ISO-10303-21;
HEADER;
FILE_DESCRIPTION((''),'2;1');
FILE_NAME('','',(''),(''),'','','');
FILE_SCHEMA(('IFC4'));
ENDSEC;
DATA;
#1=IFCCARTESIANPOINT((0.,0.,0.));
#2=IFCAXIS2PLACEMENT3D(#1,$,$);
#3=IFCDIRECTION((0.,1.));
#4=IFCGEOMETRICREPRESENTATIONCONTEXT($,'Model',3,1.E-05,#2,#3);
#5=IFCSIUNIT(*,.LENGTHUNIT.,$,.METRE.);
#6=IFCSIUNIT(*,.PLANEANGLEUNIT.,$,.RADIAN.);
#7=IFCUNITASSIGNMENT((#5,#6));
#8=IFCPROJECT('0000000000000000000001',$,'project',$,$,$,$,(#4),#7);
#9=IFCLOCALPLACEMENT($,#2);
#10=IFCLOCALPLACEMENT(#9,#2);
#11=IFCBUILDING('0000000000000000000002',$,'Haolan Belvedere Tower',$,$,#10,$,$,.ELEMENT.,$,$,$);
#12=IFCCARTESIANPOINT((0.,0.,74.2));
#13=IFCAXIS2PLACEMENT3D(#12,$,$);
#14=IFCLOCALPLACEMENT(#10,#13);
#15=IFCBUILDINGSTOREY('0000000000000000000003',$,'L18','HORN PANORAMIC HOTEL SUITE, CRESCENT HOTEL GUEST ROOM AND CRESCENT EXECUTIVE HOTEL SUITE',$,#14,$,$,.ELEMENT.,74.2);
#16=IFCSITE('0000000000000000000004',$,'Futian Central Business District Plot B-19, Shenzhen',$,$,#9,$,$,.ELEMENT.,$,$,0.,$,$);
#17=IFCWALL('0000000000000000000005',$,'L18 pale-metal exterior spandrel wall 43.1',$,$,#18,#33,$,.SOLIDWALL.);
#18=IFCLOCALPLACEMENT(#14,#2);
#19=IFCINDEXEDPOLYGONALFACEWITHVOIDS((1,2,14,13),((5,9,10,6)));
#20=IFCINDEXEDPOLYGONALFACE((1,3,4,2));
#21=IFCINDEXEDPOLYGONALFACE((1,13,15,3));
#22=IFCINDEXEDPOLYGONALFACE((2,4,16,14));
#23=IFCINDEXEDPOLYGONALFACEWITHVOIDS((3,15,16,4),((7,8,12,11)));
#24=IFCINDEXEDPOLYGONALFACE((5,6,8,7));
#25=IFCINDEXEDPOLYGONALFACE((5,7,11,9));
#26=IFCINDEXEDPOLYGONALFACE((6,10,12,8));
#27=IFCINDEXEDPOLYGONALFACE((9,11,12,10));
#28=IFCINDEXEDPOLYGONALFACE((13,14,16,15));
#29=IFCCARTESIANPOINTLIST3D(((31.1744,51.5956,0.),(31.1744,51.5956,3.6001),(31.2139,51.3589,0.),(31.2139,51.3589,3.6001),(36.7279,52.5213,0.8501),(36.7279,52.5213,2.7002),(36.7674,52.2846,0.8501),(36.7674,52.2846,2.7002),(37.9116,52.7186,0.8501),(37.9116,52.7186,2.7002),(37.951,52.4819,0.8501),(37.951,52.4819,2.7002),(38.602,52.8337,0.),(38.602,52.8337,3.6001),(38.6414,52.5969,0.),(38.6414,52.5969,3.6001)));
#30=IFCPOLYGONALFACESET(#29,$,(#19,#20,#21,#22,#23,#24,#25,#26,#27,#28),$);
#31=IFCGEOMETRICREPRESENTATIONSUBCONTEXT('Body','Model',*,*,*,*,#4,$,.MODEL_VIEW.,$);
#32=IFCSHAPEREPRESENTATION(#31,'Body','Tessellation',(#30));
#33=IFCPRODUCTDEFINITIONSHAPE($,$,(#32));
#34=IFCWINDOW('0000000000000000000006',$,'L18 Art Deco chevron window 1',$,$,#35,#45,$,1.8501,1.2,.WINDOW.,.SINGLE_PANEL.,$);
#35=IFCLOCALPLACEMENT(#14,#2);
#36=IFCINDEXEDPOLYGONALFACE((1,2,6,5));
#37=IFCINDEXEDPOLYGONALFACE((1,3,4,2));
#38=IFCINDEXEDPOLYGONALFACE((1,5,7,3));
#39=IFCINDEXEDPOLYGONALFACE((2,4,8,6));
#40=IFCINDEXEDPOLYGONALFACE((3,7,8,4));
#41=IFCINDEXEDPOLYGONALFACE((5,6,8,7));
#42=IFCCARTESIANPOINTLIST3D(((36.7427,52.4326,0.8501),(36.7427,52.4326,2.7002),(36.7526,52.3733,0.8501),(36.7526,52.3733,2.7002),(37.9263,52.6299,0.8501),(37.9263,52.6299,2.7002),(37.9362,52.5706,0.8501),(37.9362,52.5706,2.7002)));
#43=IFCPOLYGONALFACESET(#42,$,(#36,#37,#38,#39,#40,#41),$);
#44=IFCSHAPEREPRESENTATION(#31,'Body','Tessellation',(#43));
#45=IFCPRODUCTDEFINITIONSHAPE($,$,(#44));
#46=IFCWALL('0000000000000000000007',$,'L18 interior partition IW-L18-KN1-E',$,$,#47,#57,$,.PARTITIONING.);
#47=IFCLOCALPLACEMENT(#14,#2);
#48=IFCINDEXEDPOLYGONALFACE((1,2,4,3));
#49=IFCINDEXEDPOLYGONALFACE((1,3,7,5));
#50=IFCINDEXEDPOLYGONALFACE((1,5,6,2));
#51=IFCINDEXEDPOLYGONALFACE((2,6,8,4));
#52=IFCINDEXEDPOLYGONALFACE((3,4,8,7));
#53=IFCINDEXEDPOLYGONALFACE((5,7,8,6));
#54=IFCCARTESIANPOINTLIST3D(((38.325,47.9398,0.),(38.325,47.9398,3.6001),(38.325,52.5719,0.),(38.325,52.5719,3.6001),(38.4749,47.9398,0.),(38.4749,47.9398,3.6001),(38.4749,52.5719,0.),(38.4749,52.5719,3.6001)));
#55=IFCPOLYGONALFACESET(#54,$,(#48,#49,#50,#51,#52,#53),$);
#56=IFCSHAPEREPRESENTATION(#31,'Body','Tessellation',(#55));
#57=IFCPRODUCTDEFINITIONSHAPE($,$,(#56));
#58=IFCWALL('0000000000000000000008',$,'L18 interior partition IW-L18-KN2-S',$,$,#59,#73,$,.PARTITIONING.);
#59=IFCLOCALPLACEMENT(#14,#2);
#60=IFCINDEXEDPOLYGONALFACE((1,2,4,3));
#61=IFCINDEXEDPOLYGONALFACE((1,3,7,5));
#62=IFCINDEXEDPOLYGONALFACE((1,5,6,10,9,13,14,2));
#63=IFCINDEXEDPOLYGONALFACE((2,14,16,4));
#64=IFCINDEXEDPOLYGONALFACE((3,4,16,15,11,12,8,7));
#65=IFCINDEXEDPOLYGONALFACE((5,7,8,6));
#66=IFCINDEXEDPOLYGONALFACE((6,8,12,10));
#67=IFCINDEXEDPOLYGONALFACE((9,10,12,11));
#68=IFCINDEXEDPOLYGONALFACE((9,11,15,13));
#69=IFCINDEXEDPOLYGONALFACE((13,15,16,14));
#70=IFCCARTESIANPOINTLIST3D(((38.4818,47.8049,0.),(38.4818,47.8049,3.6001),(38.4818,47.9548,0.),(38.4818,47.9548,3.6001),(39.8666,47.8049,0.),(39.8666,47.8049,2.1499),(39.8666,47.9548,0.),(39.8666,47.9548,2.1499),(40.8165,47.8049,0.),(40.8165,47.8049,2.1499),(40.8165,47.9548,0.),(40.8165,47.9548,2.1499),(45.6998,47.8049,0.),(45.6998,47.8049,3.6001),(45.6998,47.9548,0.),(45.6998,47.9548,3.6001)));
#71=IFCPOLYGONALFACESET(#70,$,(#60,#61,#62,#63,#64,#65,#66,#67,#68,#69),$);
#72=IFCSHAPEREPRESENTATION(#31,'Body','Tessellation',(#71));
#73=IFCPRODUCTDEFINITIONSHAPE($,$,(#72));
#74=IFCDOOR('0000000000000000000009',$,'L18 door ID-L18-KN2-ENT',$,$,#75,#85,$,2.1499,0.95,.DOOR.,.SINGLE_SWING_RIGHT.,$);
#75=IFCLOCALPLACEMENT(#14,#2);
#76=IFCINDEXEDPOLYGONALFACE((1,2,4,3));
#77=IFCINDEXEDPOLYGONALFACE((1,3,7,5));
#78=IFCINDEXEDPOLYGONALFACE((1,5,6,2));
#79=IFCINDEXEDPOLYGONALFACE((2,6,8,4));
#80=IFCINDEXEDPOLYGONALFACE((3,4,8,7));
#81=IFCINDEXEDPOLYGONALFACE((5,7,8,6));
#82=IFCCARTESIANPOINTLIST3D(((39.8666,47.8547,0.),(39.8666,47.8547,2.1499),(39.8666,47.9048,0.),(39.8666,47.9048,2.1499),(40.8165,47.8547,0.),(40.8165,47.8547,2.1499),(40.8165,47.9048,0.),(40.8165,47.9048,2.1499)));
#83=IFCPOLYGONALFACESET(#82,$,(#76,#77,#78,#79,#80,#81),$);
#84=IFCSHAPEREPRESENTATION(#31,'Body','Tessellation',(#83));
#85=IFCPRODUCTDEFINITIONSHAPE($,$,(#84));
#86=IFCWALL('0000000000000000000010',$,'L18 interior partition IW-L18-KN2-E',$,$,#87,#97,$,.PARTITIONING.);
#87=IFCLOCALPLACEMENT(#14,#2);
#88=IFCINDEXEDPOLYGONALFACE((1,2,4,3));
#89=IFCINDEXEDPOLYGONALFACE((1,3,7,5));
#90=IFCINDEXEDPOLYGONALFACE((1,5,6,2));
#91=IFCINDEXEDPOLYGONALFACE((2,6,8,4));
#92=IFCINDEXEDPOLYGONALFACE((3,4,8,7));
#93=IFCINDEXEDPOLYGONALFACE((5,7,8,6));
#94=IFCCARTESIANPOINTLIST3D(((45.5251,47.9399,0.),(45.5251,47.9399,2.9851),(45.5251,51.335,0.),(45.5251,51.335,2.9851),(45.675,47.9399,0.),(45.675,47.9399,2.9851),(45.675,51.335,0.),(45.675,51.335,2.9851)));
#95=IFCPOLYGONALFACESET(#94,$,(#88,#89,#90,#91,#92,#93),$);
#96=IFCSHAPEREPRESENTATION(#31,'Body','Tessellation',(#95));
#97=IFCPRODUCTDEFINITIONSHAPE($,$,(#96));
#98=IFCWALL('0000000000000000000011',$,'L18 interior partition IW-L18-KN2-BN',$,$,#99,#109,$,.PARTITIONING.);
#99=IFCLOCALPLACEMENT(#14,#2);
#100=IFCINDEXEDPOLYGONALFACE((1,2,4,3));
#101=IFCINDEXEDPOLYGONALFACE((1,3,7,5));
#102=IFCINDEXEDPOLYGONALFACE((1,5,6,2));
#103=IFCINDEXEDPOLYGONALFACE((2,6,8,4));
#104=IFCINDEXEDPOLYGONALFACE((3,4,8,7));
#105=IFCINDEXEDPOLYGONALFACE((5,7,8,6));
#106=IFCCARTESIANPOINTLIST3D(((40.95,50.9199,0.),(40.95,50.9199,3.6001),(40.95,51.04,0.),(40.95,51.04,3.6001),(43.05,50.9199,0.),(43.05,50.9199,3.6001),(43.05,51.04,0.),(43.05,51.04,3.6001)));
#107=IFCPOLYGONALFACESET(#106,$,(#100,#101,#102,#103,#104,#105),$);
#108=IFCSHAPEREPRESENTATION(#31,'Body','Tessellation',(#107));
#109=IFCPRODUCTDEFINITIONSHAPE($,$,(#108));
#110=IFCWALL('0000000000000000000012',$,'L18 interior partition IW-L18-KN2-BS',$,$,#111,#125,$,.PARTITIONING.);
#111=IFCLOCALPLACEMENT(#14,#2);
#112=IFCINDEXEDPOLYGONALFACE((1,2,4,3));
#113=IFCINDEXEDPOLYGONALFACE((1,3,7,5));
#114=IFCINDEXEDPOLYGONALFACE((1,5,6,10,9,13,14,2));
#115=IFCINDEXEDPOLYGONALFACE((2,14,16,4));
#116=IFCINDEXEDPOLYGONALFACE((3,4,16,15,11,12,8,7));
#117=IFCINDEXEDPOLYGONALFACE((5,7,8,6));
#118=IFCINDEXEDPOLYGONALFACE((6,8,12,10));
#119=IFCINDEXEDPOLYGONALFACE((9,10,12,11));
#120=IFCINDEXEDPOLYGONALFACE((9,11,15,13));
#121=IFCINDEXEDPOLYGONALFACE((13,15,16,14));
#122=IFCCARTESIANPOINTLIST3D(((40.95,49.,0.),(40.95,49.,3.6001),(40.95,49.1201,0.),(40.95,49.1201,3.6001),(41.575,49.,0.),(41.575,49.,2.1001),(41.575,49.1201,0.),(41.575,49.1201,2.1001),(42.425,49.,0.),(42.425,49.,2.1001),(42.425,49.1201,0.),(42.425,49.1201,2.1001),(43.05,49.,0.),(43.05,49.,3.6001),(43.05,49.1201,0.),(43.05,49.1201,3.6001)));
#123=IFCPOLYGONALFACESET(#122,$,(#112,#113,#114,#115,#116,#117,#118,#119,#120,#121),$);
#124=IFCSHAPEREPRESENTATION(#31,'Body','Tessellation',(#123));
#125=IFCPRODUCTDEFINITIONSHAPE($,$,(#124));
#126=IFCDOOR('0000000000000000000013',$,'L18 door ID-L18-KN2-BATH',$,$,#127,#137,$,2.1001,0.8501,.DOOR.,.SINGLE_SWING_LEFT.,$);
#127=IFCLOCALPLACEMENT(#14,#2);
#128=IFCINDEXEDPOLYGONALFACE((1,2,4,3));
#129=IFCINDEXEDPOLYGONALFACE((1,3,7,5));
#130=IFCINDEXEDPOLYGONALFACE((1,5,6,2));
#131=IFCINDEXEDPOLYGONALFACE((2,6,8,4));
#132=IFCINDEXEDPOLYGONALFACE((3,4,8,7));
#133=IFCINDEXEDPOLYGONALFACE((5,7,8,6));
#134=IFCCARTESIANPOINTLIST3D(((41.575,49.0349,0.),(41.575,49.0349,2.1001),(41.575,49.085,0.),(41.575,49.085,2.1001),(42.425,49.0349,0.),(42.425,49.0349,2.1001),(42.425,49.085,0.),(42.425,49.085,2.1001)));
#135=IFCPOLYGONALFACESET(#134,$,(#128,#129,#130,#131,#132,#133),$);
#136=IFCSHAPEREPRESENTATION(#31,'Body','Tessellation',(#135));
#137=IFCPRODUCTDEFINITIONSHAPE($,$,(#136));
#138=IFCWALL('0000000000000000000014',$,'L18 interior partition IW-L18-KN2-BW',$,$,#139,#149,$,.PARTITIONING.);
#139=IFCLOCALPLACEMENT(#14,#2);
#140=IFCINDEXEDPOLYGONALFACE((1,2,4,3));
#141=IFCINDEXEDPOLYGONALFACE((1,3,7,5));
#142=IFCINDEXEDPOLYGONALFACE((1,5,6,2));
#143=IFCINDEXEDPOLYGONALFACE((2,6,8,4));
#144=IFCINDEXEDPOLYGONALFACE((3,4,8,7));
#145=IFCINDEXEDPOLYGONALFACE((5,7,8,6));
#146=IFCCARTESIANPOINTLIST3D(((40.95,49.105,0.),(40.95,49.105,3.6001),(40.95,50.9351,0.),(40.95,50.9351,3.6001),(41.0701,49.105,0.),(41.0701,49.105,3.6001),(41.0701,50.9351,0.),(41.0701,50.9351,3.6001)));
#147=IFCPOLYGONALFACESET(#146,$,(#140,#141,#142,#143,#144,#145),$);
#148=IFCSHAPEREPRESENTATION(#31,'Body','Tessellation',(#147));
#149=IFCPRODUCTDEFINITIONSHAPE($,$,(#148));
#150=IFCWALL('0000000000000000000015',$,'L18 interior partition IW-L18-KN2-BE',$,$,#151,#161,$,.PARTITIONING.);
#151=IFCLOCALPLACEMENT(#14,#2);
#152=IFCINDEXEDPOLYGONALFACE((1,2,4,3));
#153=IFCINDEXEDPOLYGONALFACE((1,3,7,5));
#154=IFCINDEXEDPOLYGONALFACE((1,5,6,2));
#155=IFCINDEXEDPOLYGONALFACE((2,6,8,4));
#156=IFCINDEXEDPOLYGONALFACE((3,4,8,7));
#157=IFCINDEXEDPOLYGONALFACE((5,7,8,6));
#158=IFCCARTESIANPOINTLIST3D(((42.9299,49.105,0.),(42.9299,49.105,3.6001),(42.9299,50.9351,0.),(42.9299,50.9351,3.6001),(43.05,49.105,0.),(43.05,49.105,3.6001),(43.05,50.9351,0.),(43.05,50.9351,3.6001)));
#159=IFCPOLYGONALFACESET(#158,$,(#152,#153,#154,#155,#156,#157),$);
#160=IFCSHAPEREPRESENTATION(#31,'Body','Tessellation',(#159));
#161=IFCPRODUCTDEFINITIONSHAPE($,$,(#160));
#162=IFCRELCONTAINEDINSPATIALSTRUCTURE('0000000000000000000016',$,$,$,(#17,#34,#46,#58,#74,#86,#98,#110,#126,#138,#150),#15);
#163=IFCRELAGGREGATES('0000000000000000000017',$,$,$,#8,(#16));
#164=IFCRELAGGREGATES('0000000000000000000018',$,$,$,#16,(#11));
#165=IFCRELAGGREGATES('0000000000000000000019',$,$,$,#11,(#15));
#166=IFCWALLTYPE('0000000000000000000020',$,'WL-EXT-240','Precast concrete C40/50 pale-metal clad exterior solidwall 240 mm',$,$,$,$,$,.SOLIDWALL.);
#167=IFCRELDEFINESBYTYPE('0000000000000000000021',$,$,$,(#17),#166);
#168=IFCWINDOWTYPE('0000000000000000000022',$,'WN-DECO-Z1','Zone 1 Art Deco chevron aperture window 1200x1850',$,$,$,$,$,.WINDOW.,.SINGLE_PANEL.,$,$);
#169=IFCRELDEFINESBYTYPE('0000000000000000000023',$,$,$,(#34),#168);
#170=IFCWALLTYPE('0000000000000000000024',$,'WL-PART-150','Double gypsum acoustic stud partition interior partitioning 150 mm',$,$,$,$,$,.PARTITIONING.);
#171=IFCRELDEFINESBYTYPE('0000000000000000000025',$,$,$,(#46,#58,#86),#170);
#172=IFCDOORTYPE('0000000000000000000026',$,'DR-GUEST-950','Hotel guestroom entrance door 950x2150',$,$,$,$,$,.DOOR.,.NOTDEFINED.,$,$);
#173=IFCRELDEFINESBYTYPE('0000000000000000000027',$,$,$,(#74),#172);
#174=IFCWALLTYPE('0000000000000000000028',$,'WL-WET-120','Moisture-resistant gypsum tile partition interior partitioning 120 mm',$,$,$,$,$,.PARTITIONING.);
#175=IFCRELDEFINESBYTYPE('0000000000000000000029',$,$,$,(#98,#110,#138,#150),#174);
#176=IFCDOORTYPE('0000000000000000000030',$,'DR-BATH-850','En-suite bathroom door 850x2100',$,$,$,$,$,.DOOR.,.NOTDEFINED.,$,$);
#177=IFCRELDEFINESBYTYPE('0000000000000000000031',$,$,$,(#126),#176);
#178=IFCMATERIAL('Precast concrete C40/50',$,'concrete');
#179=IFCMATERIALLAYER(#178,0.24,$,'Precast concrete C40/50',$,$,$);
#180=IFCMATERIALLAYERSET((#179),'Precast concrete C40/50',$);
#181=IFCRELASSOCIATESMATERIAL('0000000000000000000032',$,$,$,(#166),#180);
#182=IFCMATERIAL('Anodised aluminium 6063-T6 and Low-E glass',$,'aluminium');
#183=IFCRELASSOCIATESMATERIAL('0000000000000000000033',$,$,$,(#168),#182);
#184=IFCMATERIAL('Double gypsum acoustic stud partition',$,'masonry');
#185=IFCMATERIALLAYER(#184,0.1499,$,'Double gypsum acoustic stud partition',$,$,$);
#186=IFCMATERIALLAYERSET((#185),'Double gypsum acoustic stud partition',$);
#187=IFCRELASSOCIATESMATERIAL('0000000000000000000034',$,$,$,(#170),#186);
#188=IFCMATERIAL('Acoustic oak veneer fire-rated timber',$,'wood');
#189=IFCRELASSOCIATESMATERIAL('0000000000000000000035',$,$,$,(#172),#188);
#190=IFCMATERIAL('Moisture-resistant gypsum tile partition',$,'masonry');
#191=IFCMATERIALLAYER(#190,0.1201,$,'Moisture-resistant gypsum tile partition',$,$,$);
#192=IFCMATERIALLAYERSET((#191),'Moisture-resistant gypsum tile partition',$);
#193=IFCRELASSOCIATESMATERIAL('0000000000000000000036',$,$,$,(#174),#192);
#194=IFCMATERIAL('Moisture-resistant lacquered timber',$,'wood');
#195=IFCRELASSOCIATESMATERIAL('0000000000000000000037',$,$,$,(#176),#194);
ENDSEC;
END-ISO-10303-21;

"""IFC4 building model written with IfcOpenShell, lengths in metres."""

from ifc_helpers import new_model, si_unit, direction, frame, frame_2d, origin, place, context, subcontext, project, spatial, rectangle, extrude, material, layer, layer_set, type_object, element, fill, save


model = new_model("IFC4")

# Units and contexts
model_context = context("Model", 3, precision=1e-05, world=origin(), true_north=direction((0.0, 1.0)))
body_context = subcontext(model_context, "Body", "Model", "MODEL_VIEW")
ifc_project = project(units=[si_unit("LENGTHUNIT", "METRE"), si_unit("PLANEANGLEUNIT", "RADIAN")], contexts=[model_context])

# Site, building, storey
site_placement = place(None, origin())
site = spatial("IfcSite", under=ifc_project, at=site_placement, Name="Futian Central Business District Plot B-19, Shenzhen", CompositionType="ELEMENT", RefElevation=0.0)
building_placement = place(site_placement, origin())
building = spatial("IfcBuilding", under=site, at=building_placement, Name="Haolan Belvedere Tower", CompositionType="ELEMENT")
storey_placement = place(building_placement, frame((0.0, 0.0, 74.2)))
storey = spatial("IfcBuildingStorey", under=building, at=storey_placement, Name="L18", Description="HORN PANORAMIC HOTEL SUITE, CRESCENT HOTEL GUEST ROOM AND CRESCENT EXECUTIVE HOTEL SUITE", CompositionType="ELEMENT", Elevation=74.2)

# Wall, opening, window
ifc_material_1 = material(Name="Precast concrete C40/50", Category="concrete")
ifc_layer_1 = layer(ifc_material_1, 0.24, Name="Precast concrete C40/50")
ifc_layer_set_1 = layer_set([ifc_layer_1], Name="Precast concrete C40/50")
wall_type_1 = type_object("IfcWallType", Name="WL-EXT-240", Description="Precast concrete C40/50 pale-metal clad exterior solidwall 240 mm", PredefinedType="SOLIDWALL", material=ifc_layer_set_1)
wall_1_placement = place(storey_placement, frame((38.6218, 52.7153, 0.0), z_axis=(0.0, 0.0, 1.0), x_axis=(-0.986391, -0.164415, 0.0)))
wall_1 = element("IfcWall", 1, at=wall_1_placement, inside=storey, type_object=wall_type_1, Name="L18 pale-metal exterior spandrel wall 43.1", PredefinedType="SOLIDWALL", context=body_context, shape_type="SweptSolid", body=[
    extrude(rectangle(XDim=7.53, YDim=0.24, at=frame_2d((3.7651, 0.0))), origin(), (0.0, 0.0, 1.0), 3.6001),
])
opening_1_placement = place(wall_1_placement, frame((0.7, 0.0, 0.8501)))
opening_1 = element("IfcOpeningElement", 2, at=opening_1_placement, cuts=wall_1, PredefinedType="OPENING", context=body_context, shape_type="SweptSolid", body=[
    extrude(rectangle(XDim=1.2, YDim=1.8501, at=frame_2d((0.6001, 0.925))), frame((0.0, 0.1299, 0.0), z_axis=(0.0, -1.0, 0.0), x_axis=(1.0, 0.0, 0.0)), (0.0, 0.0, 1.0), 0.26),
])
ifc_material_2 = material(Name="Anodised aluminium 6063-T6 and Low-E glass", Category="aluminium")
window_type = type_object("IfcWindowType", Name="WN-DECO-Z1", Description="Zone 1 Art Deco chevron aperture window 1200x1850", PartitioningType="SINGLE_PANEL", PredefinedType="WINDOW", material=ifc_material_2)
window_placement = place(opening_1_placement, origin())
window = element("IfcWindow", 3, at=window_placement, inside=storey, type_object=window_type, Name="L18 Art Deco chevron window 1", OverallHeight=1.8501, OverallWidth=1.2, PartitioningType="SINGLE_PANEL", PredefinedType="WINDOW", context=body_context, shape_type="SweptSolid", body=[
    extrude(rectangle(XDim=1.2, YDim=1.8501, at=frame_2d((0.6001, 0.925))), frame((0.0, 0.03, 0.0), z_axis=(0.0, -1.0, 0.0), x_axis=(1.0, 0.0, 0.0)), (0.0, 0.0, 1.0), 0.0601),
])
fill(opening_1, window)

# Wall
ifc_material_3 = material(Name="Double gypsum acoustic stud partition", Category="masonry")
ifc_layer_2 = layer(ifc_material_3, 0.1499, Name="Double gypsum acoustic stud partition")
ifc_layer_set_2 = layer_set([ifc_layer_2], Name="Double gypsum acoustic stud partition")
wall_type_2 = type_object("IfcWallType", Name="WL-PART-150", Description="Double gypsum acoustic stud partition interior partitioning 150 mm", PredefinedType="PARTITIONING", material=ifc_layer_set_2)
wall_2_placement = place(storey_placement, frame((38.3999, 47.9399, 0.0), z_axis=(0.0, 0.0, 1.0), x_axis=(0.0, 1.0, 0.0)))
element("IfcWall", 4, at=wall_2_placement, inside=storey, type_object=wall_type_2, Name="L18 interior partition IW-L18-KN1-E", PredefinedType="PARTITIONING", context=body_context, shape_type="SweptSolid", body=[
    extrude(rectangle(XDim=4.6321, YDim=0.1499, at=frame_2d((2.3159, 0.0))), origin(), (0.0, 0.0, 1.0), 3.6001),
])

# Wall, opening, door
wall_3_placement = place(storey_placement, frame((38.4819, 47.8799, 0.0), z_axis=(0.0, 0.0, 1.0), x_axis=(1.0, 0.0, 0.0)))
wall_3 = element("IfcWall", 5, at=wall_3_placement, inside=storey, type_object=wall_type_2, Name="L18 interior partition IW-L18-KN2-S", PredefinedType="PARTITIONING", context=body_context, shape_type="SweptSolid", body=[
    extrude(rectangle(XDim=7.218, YDim=0.1499, at=frame_2d((3.6089, 0.0))), origin(), (0.0, 0.0, 1.0), 3.6001),
])
opening_2_placement = place(wall_3_placement, frame((1.3845, 0.0, 0.0)))
opening_2 = element("IfcOpeningElement", 6, at=opening_2_placement, cuts=wall_3, PredefinedType="OPENING", context=body_context, shape_type="SweptSolid", body=[
    extrude(rectangle(XDim=0.95, YDim=2.1499, at=frame_2d((0.4751, 1.075))), frame((0.0, 0.085, 0.0), z_axis=(0.0, -1.0, 0.0), x_axis=(1.0, 0.0, 0.0)), (0.0, 0.0, 1.0), 0.1699),
])
ifc_material_4 = material(Name="Acoustic oak veneer fire-rated timber", Category="wood")
door_type_1 = type_object("IfcDoorType", Name="DR-GUEST-950", Description="Hotel guestroom entrance door 950x2150", OperationType="NOTDEFINED", PredefinedType="DOOR", material=ifc_material_4)
door_1_placement = place(opening_2_placement, origin())
door_1 = element("IfcDoor", 7, at=door_1_placement, inside=storey, type_object=door_type_1, Name="L18 door ID-L18-KN2-ENT", OperationType="SINGLE_SWING_RIGHT", OverallHeight=2.1499, OverallWidth=0.95, PredefinedType="DOOR", context=body_context, shape_type="SweptSolid", body=[
    extrude(rectangle(XDim=0.95, YDim=2.1499, at=frame_2d((0.4751, 1.075))), frame((0.0, 0.0249, 0.0), z_axis=(0.0, -1.0, 0.0), x_axis=(1.0, 0.0, 0.0)), (0.0, 0.0, 1.0), 0.05),
])
fill(opening_2, door_1)

# Walls
wall_4_placement = place(storey_placement, frame((45.6001, 47.9399, 0.0), z_axis=(0.0, 0.0, 1.0), x_axis=(0.0, 1.0, 0.0)))
element("IfcWall", 8, at=wall_4_placement, inside=storey, type_object=wall_type_2, Name="L18 interior partition IW-L18-KN2-E", PredefinedType="PARTITIONING", context=body_context, shape_type="SweptSolid", body=[
    extrude(rectangle(XDim=3.395, YDim=0.1499, at=frame_2d((1.6975, 0.0))), origin(), (0.0, 0.0, 1.0), 2.9851),
])
ifc_material_5 = material(Name="Moisture-resistant gypsum tile partition", Category="masonry")
ifc_layer_3 = layer(ifc_material_5, 0.1201, Name="Moisture-resistant gypsum tile partition")
ifc_layer_set_3 = layer_set([ifc_layer_3], Name="Moisture-resistant gypsum tile partition")
wall_type_3 = type_object("IfcWallType", Name="WL-WET-120", Description="Moisture-resistant gypsum tile partition interior partitioning 120 mm", PredefinedType="PARTITIONING", material=ifc_layer_set_3)
wall_5_placement = place(storey_placement, frame((40.95, 50.98, 0.0), z_axis=(0.0, 0.0, 1.0), x_axis=(1.0, 0.0, 0.0)))
element("IfcWall", 9, at=wall_5_placement, inside=storey, type_object=wall_type_3, Name="L18 interior partition IW-L18-KN2-BN", PredefinedType="PARTITIONING", context=body_context, shape_type="SweptSolid", body=[
    extrude(rectangle(XDim=2.1001, YDim=0.1201, at=frame_2d((1.05, 0.0))), origin(), (0.0, 0.0, 1.0), 3.6001),
])

# Wall, opening, door
wall_6_placement = place(storey_placement, frame((40.95, 49.0601, 0.0), z_axis=(0.0, 0.0, 1.0), x_axis=(1.0, 0.0, 0.0)))
wall_6 = element("IfcWall", 10, at=wall_6_placement, inside=storey, type_object=wall_type_3, Name="L18 interior partition IW-L18-KN2-BS", PredefinedType="PARTITIONING", context=body_context, shape_type="SweptSolid", body=[
    extrude(rectangle(XDim=2.1001, YDim=0.1201, at=frame_2d((1.05, 0.0))), origin(), (0.0, 0.0, 1.0), 3.6001),
])
opening_3_placement = place(wall_6_placement, frame((0.625, 0.0, 0.0)))
opening_3 = element("IfcOpeningElement", 11, at=opening_3_placement, cuts=wall_6, PredefinedType="OPENING", context=body_context, shape_type="SweptSolid", body=[
    extrude(rectangle(XDim=0.8501, YDim=2.1001, at=frame_2d((0.425, 1.05))), frame((0.0, 0.0701, 0.0), z_axis=(0.0, -1.0, 0.0), x_axis=(1.0, 0.0, 0.0)), (0.0, 0.0, 1.0), 0.1401),
])
ifc_material_6 = material(Name="Moisture-resistant lacquered timber", Category="wood")
door_type_2 = type_object("IfcDoorType", Name="DR-BATH-850", Description="En-suite bathroom door 850x2100", OperationType="NOTDEFINED", PredefinedType="DOOR", material=ifc_material_6)
door_2_placement = place(opening_3_placement, origin())
door_2 = element("IfcDoor", 12, at=door_2_placement, inside=storey, type_object=door_type_2, Name="L18 door ID-L18-KN2-BATH", OperationType="SINGLE_SWING_LEFT", OverallHeight=2.1001, OverallWidth=0.8501, PredefinedType="DOOR", context=body_context, shape_type="SweptSolid", body=[
    extrude(rectangle(XDim=0.8501, YDim=2.1001, at=frame_2d((0.425, 1.05))), frame((0.0, 0.0249, 0.0), z_axis=(0.0, -1.0, 0.0), x_axis=(1.0, 0.0, 0.0)), (0.0, 0.0, 1.0), 0.05),
])
fill(opening_3, door_2)

# Walls
for number, where, z_axis, x_axis, name in (
    (13, (41.01, 49.105, 0.0), (0.0, 0.0, 1.0), (0.0, 1.0, 0.0), "L18 interior partition IW-L18-KN2-BW"),
    (14, (42.99, 49.105, 0.0), (0.0, 0.0, 1.0), (0.0, 1.0, 0.0), "L18 interior partition IW-L18-KN2-BE"),
):
    element("IfcWall", number, at=place(storey_placement, frame(where, z_axis=z_axis, x_axis=x_axis)), inside=storey, type_object=wall_type_3, Name=name, PredefinedType="PARTITIONING", context=body_context, shape_type="SweptSolid", body=[
        extrude(rectangle(XDim=1.8301, YDim=0.1201, at=frame_2d((0.915, 0.0))), origin(), (0.0, 0.0, 1.0), 3.6001),
    ])

save(model, "model.ifc")
